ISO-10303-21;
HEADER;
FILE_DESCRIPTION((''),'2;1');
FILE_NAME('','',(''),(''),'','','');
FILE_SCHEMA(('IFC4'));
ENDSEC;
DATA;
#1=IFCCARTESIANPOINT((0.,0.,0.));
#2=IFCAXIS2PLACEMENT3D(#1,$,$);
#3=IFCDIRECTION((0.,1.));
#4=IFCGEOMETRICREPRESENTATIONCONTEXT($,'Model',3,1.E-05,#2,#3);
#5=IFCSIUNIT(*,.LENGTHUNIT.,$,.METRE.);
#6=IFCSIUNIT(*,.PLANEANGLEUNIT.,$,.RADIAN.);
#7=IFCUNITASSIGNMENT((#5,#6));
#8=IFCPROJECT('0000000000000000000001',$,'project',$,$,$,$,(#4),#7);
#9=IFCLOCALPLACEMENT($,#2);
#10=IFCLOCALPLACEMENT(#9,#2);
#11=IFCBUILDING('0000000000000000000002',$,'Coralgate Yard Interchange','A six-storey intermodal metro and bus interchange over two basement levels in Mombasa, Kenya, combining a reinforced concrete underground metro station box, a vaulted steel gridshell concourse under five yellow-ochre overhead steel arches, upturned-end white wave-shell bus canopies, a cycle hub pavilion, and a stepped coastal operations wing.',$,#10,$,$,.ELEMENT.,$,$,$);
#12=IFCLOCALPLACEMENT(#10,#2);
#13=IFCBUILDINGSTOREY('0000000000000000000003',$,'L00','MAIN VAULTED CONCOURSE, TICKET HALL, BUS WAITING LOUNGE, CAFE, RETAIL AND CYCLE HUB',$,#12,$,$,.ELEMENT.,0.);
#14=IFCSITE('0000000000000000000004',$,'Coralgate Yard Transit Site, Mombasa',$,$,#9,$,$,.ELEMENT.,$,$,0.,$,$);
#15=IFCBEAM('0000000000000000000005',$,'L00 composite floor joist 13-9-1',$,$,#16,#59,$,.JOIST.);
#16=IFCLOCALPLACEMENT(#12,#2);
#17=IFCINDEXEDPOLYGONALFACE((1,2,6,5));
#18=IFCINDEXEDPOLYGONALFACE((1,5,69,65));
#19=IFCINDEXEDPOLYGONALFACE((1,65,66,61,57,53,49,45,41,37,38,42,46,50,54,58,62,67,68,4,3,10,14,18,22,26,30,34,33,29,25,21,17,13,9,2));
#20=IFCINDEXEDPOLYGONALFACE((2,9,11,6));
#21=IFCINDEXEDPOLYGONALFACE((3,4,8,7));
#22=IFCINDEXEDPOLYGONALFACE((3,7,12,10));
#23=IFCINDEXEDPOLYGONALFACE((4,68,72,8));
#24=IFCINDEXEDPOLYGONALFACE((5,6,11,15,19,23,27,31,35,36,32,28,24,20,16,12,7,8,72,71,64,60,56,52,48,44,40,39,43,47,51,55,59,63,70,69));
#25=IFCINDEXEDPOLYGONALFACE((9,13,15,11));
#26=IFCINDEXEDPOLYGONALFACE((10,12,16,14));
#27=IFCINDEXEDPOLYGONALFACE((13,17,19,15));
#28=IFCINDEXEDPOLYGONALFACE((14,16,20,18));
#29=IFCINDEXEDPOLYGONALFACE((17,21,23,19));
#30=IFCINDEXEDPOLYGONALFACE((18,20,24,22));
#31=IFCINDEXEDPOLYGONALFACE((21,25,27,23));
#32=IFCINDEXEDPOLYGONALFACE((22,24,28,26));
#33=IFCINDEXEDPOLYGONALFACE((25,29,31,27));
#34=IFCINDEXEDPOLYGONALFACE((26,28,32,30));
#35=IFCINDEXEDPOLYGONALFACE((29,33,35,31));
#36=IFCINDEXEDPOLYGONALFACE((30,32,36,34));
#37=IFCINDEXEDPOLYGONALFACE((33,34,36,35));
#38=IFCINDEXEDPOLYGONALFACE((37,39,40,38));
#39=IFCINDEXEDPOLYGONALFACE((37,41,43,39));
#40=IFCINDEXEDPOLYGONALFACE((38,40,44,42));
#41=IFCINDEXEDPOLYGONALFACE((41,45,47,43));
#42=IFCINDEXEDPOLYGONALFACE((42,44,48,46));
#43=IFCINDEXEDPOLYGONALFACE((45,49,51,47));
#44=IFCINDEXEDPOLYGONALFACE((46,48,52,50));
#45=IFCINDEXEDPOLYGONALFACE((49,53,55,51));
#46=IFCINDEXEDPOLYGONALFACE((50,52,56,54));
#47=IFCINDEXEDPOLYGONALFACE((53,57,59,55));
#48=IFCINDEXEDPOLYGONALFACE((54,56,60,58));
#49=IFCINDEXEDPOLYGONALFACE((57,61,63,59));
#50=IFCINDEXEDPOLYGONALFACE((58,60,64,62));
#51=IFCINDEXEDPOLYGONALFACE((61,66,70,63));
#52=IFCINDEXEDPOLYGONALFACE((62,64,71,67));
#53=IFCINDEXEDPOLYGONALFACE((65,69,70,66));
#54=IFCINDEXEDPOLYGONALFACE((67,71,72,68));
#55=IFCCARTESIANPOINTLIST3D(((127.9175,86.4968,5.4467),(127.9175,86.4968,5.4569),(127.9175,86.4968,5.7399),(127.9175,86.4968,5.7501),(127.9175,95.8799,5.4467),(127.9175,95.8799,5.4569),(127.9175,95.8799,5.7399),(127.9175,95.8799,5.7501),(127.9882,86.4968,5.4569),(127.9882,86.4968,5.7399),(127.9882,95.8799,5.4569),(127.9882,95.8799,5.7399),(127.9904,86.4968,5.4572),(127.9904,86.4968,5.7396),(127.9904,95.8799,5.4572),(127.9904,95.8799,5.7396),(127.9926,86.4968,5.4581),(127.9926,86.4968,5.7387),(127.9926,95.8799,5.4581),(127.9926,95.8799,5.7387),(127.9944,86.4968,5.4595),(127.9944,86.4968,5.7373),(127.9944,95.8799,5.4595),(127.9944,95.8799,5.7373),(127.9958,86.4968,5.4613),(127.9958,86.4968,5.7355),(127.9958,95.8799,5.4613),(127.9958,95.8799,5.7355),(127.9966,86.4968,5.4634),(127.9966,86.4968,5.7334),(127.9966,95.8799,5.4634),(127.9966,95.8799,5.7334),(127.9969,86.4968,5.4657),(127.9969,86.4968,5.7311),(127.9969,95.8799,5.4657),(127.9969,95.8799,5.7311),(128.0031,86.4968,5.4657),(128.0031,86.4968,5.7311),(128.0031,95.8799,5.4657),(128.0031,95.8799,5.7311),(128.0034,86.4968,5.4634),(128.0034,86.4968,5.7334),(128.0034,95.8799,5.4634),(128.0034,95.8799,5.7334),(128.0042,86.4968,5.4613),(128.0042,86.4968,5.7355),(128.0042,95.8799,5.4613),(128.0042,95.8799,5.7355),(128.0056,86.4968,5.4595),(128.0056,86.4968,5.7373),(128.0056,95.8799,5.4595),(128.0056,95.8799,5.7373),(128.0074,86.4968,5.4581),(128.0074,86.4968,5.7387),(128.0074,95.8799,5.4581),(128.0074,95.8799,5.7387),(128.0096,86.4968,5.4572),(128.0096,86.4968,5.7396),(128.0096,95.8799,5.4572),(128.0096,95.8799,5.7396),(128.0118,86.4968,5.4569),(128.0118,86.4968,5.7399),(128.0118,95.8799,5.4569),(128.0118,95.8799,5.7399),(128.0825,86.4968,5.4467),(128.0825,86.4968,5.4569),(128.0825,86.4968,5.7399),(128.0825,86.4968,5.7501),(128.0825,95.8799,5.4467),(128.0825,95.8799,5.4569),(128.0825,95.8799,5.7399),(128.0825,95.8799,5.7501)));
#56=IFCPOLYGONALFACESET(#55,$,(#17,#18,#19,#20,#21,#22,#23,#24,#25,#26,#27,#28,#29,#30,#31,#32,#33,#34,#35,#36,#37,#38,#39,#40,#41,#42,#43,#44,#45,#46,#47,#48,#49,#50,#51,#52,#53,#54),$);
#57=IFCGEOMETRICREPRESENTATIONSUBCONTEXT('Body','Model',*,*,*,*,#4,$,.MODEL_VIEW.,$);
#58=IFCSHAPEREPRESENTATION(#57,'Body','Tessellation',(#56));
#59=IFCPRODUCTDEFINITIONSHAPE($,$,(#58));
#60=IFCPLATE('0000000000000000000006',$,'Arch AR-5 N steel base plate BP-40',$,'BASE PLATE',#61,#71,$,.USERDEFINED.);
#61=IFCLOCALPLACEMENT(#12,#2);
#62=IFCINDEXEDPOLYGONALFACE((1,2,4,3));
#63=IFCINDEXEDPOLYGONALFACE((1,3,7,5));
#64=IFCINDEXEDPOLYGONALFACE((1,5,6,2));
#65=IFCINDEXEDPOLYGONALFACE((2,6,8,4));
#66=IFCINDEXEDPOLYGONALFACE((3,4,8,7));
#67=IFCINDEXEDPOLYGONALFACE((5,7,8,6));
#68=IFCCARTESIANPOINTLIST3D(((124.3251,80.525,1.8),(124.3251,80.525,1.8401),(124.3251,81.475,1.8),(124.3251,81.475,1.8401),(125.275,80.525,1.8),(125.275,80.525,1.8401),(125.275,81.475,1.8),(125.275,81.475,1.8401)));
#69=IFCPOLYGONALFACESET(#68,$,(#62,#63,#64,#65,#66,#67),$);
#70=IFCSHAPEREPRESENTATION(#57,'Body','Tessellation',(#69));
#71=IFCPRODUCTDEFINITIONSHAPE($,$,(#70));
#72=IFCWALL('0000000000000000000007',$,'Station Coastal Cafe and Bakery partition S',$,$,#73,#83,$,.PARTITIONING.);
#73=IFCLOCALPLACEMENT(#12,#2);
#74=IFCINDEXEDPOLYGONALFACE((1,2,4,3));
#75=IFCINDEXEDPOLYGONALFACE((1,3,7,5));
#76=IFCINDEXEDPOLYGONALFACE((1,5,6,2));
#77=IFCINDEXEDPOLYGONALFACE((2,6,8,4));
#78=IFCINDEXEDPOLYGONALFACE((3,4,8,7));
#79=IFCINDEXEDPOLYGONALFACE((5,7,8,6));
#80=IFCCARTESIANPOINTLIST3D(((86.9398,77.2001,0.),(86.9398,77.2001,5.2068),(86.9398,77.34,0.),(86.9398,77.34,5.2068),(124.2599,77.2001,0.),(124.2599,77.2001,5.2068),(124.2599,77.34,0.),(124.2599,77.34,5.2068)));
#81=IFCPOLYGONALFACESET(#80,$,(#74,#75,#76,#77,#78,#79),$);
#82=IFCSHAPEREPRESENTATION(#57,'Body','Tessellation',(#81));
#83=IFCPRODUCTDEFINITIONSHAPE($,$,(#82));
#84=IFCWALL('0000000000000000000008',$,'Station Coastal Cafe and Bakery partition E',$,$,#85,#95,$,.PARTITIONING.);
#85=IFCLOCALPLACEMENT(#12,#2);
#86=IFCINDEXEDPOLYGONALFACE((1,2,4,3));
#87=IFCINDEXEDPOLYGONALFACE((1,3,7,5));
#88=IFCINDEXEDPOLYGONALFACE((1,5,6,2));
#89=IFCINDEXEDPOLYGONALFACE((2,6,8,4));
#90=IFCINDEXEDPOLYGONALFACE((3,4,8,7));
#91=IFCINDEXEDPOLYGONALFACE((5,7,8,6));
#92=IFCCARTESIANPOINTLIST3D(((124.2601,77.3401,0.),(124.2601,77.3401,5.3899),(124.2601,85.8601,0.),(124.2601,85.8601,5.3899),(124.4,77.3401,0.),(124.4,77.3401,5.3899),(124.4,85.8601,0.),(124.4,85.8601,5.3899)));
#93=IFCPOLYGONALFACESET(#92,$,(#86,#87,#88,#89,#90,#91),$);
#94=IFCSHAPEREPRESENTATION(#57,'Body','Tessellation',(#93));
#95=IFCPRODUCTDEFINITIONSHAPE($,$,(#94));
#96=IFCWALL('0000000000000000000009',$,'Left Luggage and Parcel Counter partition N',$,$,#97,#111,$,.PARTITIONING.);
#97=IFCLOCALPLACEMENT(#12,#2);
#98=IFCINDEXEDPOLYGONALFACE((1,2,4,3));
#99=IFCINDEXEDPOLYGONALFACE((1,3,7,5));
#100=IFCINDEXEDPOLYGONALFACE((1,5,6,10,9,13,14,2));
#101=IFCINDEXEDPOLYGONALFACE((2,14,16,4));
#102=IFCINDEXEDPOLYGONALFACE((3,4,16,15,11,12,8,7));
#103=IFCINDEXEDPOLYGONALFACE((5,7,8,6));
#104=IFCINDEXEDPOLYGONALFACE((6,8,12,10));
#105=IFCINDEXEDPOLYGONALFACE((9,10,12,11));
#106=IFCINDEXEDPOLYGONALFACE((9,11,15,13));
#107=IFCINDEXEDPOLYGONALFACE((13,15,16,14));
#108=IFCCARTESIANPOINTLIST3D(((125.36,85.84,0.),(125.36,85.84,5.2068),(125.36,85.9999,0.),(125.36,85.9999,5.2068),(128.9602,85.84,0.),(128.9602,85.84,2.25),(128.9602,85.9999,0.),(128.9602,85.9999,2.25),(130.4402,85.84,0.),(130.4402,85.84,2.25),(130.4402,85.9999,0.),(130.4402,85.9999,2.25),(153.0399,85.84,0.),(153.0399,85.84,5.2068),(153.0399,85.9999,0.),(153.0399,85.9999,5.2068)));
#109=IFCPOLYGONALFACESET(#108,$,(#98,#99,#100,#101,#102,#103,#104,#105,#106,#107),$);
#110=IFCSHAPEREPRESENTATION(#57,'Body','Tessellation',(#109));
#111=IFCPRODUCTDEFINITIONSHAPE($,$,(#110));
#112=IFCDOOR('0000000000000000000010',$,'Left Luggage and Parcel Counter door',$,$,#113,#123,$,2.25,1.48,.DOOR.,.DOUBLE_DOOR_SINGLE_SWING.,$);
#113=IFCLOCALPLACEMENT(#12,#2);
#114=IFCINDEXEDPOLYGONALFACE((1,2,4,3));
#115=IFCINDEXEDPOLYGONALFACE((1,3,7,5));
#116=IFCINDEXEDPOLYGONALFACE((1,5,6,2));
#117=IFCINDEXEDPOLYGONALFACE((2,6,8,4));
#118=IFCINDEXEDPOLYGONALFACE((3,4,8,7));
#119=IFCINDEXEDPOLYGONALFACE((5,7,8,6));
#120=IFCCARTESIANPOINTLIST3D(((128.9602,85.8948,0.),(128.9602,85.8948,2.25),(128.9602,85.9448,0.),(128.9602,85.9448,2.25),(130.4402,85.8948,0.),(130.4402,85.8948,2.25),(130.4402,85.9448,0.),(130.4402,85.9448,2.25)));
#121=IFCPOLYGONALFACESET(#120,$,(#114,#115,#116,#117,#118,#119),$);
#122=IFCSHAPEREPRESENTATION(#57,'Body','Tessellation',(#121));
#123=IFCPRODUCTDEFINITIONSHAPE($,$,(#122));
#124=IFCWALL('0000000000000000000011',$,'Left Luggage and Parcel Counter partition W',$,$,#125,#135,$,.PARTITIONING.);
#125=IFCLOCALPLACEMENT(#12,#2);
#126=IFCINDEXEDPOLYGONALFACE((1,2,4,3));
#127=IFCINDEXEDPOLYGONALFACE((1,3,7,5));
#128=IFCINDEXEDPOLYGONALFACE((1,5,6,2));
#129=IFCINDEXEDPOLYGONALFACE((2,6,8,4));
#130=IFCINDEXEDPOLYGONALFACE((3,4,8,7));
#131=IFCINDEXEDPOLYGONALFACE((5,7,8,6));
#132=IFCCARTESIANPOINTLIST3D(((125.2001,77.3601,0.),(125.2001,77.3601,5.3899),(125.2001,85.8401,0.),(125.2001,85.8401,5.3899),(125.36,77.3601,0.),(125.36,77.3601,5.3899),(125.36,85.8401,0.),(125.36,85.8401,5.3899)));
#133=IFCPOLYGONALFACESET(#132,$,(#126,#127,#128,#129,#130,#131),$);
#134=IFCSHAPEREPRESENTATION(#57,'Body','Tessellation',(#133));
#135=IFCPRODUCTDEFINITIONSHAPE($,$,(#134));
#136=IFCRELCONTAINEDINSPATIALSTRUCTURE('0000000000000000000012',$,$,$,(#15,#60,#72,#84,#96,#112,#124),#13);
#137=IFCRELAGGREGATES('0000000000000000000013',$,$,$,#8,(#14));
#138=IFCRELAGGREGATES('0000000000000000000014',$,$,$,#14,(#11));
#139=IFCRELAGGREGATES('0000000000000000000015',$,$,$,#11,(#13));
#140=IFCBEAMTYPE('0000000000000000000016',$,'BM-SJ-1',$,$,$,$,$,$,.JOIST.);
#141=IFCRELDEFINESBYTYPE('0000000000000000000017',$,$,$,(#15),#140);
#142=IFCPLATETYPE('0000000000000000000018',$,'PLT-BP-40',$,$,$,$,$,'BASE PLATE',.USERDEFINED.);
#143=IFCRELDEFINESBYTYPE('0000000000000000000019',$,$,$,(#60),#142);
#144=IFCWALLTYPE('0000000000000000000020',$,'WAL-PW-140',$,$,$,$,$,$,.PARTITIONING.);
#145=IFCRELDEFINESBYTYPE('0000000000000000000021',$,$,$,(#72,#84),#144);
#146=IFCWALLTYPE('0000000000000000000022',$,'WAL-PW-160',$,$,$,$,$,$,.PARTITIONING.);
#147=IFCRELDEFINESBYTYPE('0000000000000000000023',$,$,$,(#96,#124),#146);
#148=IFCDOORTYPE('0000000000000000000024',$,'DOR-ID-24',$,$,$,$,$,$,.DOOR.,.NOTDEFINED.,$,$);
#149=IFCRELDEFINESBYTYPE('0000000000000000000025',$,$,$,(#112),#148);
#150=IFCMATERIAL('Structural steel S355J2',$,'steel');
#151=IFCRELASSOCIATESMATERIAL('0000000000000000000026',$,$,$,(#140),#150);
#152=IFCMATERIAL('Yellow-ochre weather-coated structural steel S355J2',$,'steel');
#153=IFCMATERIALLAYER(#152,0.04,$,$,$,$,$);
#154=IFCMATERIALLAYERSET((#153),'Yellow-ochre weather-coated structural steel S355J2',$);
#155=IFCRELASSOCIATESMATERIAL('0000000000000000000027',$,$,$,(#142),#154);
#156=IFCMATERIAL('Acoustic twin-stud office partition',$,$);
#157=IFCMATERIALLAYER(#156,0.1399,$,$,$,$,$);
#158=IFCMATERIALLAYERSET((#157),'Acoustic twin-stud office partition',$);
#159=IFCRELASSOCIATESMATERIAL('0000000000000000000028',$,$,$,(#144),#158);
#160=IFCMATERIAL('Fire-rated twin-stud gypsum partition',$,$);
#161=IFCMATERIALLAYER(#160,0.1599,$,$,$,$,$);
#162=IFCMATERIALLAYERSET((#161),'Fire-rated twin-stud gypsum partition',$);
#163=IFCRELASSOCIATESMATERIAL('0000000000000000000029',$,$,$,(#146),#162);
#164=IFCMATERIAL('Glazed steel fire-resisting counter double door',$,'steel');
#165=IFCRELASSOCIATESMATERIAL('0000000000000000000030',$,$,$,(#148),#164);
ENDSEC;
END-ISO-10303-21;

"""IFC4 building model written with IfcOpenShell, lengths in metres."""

from ifc_helpers import new_model, si_unit, direction, frame, frame_2d, origin, origin_2d, place, context, subcontext, project, spatial, rectangle, i_section, extrude, material, layer, layer_set, material_profile, profile_set, type_object, element, fill, save


model = new_model("IFC4")

# Units and contexts
model_context = context("Model", 3, precision=1e-05, world=origin(), true_north=direction((0.0, 1.0)))
body_context = subcontext(model_context, "Body", "Model", "MODEL_VIEW")
ifc_project = project(units=[si_unit("LENGTHUNIT", "METRE"), si_unit("PLANEANGLEUNIT", "RADIAN")], contexts=[model_context])

# Site, building, storey
site_placement = place(None, origin())
site = spatial("IfcSite", under=ifc_project, at=site_placement, Name="Coralgate Yard Transit Site, Mombasa", CompositionType="ELEMENT", RefElevation=0.0)
building_placement = place(site_placement, origin())
building = spatial("IfcBuilding", under=site, at=building_placement, Name="Coralgate Yard Interchange", Description="A six-storey intermodal metro and bus interchange over two basement levels in Mombasa, Kenya, combining a reinforced concrete underground metro station box, a vaulted steel gridshell concourse under five yellow-ochre overhead steel arches, upturned-end white wave-shell bus canopies, a cycle hub pavilion, and a stepped coastal operations wing.", CompositionType="ELEMENT")
storey_placement = place(building_placement, origin())
storey = spatial("IfcBuildingStorey", under=building, at=storey_placement, Name="L00", Description="MAIN VAULTED CONCOURSE, TICKET HALL, BUS WAITING LOUNGE, CAFE, RETAIL AND CYCLE HUB", CompositionType="ELEMENT", Elevation=0.0)

# Shared definitions
ifc_material_1 = material(Name="Structural steel S355J2", Category="steel")

# Beam
ifc_material_profile_1 = material_profile(ifc_material_1, i_section(OverallWidth=0.165, OverallDepth=0.3035, WebThickness=0.0061, FlangeThickness=0.0103, FilletRadius=0.0088, at=origin_2d()), Name="UB 305x165x40")
ifc_profile_set_1 = profile_set([ifc_material_profile_1], Name="Structural steel S355J2")
beam_type_1 = type_object("IfcBeamType", Name="BM-SJ-1", PredefinedType="JOIST", material=ifc_profile_set_1)
beam_1_placement = place(storey_placement, frame((128.0, 86.4968, 5.5984), z_axis=(0.0, 1.0, 0.0), x_axis=(-1.0, 0.0, 0.0)))
element("IfcBeam", 1, at=beam_1_placement, inside=storey, type_object=beam_type_1, Name="L00 composite floor joist 13-9-1", PredefinedType="JOIST", context=body_context, shape_type="SweptSolid", body=[
    extrude(i_section(OverallWidth=0.165, OverallDepth=0.3035, WebThickness=0.0061, FlangeThickness=0.0103, FilletRadius=0.0088, at=origin_2d()), origin(), (0.0, 0.0, 1.0), 9.3831),
])

# Plate
ifc_material_2 = material(Name="Yellow-ochre weather-coated structural steel S355J2", Category="steel")
ifc_layer_1 = layer(ifc_material_2, 0.04)
ifc_layer_set_1 = layer_set([ifc_layer_1], Name="Yellow-ochre weather-coated structural steel S355J2")
plate_type = type_object("IfcPlateType", Name="PLT-BP-40", ElementType="BASE PLATE", PredefinedType="USERDEFINED", material=ifc_layer_set_1)
plate_placement = place(storey_placement, frame((124.8, 81.0, 1.8), z_axis=(0.0, 0.0, 1.0), x_axis=(1.0, 0.0, 0.0)))
element("IfcPlate", 2, at=plate_placement, inside=storey, type_object=plate_type, Name="Arch AR-5 N steel base plate BP-40", ObjectType="BASE PLATE", PredefinedType="USERDEFINED", context=body_context, shape_type="SweptSolid", body=[
    extrude(rectangle(XDim=0.95, YDim=0.95, at=origin_2d()), origin(), (0.0, 0.0, 1.0), 0.04),
])

# Walls
ifc_material_3 = material(Name="Acoustic twin-stud office partition")
ifc_layer_2 = layer(ifc_material_3, 0.1399)
ifc_layer_set_2 = layer_set([ifc_layer_2], Name="Acoustic twin-stud office partition")
wall_type_1 = type_object("IfcWallType", Name="WAL-PW-140", PredefinedType="PARTITIONING", material=ifc_layer_set_2)
wall_1_placement = place(storey_placement, frame((124.26, 77.27, 0.0), z_axis=(0.0, 0.0, 1.0), x_axis=(-1.0, 0.0, 0.0)))
element("IfcWall", 3, at=wall_1_placement, inside=storey, type_object=wall_type_1, Name="Station Coastal Cafe and Bakery partition S", PredefinedType="PARTITIONING", context=body_context, shape_type="SweptSolid", body=[
    extrude(rectangle(XDim=37.3201, YDim=0.1399, at=frame_2d((18.6602, 0.0))), origin(), (0.0, 0.0, 1.0), 5.2068),
])
wall_2_placement = place(storey_placement, frame((124.3301, 85.8601, 0.0), z_axis=(0.0, 0.0, 1.0), x_axis=(0.0, -1.0, 0.0)))
element("IfcWall", 4, at=wall_2_placement, inside=storey, type_object=wall_type_1, Name="Station Coastal Cafe and Bakery partition E", PredefinedType="PARTITIONING", context=body_context, shape_type="SweptSolid", body=[
    extrude(rectangle(XDim=8.52, YDim=0.1399, at=frame_2d((4.26, 0.0))), origin(), (0.0, 0.0, 1.0), 5.3899),
])

# Wall, opening, door
ifc_material_4 = material(Name="Fire-rated twin-stud gypsum partition")
ifc_layer_3 = layer(ifc_material_4, 0.1599)
ifc_layer_set_3 = layer_set([ifc_layer_3], Name="Fire-rated twin-stud gypsum partition")
wall_type_2 = type_object("IfcWallType", Name="WAL-PW-160", PredefinedType="PARTITIONING", material=ifc_layer_set_3)
wall_3_placement = place(storey_placement, frame((125.3601, 85.9199, 0.0), z_axis=(0.0, 0.0, 1.0), x_axis=(1.0, 0.0, 0.0)))
wall_3 = element("IfcWall", 5, at=wall_3_placement, inside=storey, type_object=wall_type_2, Name="Left Luggage and Parcel Counter partition N", PredefinedType="PARTITIONING", context=body_context, shape_type="SweptSolid", body=[
    extrude(rectangle(XDim=27.6799, YDim=0.1599, at=frame_2d((13.8398, 0.0))), origin(), (0.0, 0.0, 1.0), 5.2068),
])
opening_placement = place(wall_3_placement, frame((3.6001, 0.0, 0.0)))
opening = element("IfcOpeningElement", 6, at=opening_placement, cuts=wall_3, PredefinedType="OPENING", context=body_context, shape_type="SweptSolid", body=[
    extrude(rectangle(XDim=1.48, YDim=2.25, at=frame_2d((0.74, 1.125))), frame((0.0, 0.0898, 0.0), z_axis=(0.0, -1.0, 0.0), x_axis=(1.0, 0.0, 0.0)), (0.0, 0.0, 1.0), 0.1799),
])
ifc_material_5 = material(Name="Glazed steel fire-resisting counter double door", Category="steel")
door_type = type_object("IfcDoorType", Name="DOR-ID-24", OperationType="NOTDEFINED", PredefinedType="DOOR", material=ifc_material_5)
door_placement = place(opening_placement, origin())
door = element("IfcDoor", 7, at=door_placement, inside=storey, type_object=door_type, Name="Left Luggage and Parcel Counter door", OperationType="DOUBLE_DOOR_SINGLE_SWING", OverallHeight=2.25, OverallWidth=1.48, PredefinedType="DOOR", context=body_context, shape_type="SweptSolid", body=[
    extrude(rectangle(XDim=1.48, YDim=2.25, at=frame_2d((0.74, 1.125))), frame((0.0, 0.0249, 0.0), z_axis=(0.0, -1.0, 0.0), x_axis=(1.0, 0.0, 0.0)), (0.0, 0.0, 1.0), 0.05),
])
fill(opening, door)

# Wall
wall_4_placement = place(storey_placement, frame((125.28, 77.3601, 0.0), z_axis=(0.0, 0.0, 1.0), x_axis=(0.0, 1.0, 0.0)))
element("IfcWall", 8, at=wall_4_placement, inside=storey, type_object=wall_type_2, Name="Left Luggage and Parcel Counter partition W", PredefinedType="PARTITIONING", context=body_context, shape_type="SweptSolid", body=[
    extrude(rectangle(XDim=8.48, YDim=0.1599, at=frame_2d((4.24, 0.0))), origin(), (0.0, 0.0, 1.0), 5.3899),
])

save(model, "model.ifc")
